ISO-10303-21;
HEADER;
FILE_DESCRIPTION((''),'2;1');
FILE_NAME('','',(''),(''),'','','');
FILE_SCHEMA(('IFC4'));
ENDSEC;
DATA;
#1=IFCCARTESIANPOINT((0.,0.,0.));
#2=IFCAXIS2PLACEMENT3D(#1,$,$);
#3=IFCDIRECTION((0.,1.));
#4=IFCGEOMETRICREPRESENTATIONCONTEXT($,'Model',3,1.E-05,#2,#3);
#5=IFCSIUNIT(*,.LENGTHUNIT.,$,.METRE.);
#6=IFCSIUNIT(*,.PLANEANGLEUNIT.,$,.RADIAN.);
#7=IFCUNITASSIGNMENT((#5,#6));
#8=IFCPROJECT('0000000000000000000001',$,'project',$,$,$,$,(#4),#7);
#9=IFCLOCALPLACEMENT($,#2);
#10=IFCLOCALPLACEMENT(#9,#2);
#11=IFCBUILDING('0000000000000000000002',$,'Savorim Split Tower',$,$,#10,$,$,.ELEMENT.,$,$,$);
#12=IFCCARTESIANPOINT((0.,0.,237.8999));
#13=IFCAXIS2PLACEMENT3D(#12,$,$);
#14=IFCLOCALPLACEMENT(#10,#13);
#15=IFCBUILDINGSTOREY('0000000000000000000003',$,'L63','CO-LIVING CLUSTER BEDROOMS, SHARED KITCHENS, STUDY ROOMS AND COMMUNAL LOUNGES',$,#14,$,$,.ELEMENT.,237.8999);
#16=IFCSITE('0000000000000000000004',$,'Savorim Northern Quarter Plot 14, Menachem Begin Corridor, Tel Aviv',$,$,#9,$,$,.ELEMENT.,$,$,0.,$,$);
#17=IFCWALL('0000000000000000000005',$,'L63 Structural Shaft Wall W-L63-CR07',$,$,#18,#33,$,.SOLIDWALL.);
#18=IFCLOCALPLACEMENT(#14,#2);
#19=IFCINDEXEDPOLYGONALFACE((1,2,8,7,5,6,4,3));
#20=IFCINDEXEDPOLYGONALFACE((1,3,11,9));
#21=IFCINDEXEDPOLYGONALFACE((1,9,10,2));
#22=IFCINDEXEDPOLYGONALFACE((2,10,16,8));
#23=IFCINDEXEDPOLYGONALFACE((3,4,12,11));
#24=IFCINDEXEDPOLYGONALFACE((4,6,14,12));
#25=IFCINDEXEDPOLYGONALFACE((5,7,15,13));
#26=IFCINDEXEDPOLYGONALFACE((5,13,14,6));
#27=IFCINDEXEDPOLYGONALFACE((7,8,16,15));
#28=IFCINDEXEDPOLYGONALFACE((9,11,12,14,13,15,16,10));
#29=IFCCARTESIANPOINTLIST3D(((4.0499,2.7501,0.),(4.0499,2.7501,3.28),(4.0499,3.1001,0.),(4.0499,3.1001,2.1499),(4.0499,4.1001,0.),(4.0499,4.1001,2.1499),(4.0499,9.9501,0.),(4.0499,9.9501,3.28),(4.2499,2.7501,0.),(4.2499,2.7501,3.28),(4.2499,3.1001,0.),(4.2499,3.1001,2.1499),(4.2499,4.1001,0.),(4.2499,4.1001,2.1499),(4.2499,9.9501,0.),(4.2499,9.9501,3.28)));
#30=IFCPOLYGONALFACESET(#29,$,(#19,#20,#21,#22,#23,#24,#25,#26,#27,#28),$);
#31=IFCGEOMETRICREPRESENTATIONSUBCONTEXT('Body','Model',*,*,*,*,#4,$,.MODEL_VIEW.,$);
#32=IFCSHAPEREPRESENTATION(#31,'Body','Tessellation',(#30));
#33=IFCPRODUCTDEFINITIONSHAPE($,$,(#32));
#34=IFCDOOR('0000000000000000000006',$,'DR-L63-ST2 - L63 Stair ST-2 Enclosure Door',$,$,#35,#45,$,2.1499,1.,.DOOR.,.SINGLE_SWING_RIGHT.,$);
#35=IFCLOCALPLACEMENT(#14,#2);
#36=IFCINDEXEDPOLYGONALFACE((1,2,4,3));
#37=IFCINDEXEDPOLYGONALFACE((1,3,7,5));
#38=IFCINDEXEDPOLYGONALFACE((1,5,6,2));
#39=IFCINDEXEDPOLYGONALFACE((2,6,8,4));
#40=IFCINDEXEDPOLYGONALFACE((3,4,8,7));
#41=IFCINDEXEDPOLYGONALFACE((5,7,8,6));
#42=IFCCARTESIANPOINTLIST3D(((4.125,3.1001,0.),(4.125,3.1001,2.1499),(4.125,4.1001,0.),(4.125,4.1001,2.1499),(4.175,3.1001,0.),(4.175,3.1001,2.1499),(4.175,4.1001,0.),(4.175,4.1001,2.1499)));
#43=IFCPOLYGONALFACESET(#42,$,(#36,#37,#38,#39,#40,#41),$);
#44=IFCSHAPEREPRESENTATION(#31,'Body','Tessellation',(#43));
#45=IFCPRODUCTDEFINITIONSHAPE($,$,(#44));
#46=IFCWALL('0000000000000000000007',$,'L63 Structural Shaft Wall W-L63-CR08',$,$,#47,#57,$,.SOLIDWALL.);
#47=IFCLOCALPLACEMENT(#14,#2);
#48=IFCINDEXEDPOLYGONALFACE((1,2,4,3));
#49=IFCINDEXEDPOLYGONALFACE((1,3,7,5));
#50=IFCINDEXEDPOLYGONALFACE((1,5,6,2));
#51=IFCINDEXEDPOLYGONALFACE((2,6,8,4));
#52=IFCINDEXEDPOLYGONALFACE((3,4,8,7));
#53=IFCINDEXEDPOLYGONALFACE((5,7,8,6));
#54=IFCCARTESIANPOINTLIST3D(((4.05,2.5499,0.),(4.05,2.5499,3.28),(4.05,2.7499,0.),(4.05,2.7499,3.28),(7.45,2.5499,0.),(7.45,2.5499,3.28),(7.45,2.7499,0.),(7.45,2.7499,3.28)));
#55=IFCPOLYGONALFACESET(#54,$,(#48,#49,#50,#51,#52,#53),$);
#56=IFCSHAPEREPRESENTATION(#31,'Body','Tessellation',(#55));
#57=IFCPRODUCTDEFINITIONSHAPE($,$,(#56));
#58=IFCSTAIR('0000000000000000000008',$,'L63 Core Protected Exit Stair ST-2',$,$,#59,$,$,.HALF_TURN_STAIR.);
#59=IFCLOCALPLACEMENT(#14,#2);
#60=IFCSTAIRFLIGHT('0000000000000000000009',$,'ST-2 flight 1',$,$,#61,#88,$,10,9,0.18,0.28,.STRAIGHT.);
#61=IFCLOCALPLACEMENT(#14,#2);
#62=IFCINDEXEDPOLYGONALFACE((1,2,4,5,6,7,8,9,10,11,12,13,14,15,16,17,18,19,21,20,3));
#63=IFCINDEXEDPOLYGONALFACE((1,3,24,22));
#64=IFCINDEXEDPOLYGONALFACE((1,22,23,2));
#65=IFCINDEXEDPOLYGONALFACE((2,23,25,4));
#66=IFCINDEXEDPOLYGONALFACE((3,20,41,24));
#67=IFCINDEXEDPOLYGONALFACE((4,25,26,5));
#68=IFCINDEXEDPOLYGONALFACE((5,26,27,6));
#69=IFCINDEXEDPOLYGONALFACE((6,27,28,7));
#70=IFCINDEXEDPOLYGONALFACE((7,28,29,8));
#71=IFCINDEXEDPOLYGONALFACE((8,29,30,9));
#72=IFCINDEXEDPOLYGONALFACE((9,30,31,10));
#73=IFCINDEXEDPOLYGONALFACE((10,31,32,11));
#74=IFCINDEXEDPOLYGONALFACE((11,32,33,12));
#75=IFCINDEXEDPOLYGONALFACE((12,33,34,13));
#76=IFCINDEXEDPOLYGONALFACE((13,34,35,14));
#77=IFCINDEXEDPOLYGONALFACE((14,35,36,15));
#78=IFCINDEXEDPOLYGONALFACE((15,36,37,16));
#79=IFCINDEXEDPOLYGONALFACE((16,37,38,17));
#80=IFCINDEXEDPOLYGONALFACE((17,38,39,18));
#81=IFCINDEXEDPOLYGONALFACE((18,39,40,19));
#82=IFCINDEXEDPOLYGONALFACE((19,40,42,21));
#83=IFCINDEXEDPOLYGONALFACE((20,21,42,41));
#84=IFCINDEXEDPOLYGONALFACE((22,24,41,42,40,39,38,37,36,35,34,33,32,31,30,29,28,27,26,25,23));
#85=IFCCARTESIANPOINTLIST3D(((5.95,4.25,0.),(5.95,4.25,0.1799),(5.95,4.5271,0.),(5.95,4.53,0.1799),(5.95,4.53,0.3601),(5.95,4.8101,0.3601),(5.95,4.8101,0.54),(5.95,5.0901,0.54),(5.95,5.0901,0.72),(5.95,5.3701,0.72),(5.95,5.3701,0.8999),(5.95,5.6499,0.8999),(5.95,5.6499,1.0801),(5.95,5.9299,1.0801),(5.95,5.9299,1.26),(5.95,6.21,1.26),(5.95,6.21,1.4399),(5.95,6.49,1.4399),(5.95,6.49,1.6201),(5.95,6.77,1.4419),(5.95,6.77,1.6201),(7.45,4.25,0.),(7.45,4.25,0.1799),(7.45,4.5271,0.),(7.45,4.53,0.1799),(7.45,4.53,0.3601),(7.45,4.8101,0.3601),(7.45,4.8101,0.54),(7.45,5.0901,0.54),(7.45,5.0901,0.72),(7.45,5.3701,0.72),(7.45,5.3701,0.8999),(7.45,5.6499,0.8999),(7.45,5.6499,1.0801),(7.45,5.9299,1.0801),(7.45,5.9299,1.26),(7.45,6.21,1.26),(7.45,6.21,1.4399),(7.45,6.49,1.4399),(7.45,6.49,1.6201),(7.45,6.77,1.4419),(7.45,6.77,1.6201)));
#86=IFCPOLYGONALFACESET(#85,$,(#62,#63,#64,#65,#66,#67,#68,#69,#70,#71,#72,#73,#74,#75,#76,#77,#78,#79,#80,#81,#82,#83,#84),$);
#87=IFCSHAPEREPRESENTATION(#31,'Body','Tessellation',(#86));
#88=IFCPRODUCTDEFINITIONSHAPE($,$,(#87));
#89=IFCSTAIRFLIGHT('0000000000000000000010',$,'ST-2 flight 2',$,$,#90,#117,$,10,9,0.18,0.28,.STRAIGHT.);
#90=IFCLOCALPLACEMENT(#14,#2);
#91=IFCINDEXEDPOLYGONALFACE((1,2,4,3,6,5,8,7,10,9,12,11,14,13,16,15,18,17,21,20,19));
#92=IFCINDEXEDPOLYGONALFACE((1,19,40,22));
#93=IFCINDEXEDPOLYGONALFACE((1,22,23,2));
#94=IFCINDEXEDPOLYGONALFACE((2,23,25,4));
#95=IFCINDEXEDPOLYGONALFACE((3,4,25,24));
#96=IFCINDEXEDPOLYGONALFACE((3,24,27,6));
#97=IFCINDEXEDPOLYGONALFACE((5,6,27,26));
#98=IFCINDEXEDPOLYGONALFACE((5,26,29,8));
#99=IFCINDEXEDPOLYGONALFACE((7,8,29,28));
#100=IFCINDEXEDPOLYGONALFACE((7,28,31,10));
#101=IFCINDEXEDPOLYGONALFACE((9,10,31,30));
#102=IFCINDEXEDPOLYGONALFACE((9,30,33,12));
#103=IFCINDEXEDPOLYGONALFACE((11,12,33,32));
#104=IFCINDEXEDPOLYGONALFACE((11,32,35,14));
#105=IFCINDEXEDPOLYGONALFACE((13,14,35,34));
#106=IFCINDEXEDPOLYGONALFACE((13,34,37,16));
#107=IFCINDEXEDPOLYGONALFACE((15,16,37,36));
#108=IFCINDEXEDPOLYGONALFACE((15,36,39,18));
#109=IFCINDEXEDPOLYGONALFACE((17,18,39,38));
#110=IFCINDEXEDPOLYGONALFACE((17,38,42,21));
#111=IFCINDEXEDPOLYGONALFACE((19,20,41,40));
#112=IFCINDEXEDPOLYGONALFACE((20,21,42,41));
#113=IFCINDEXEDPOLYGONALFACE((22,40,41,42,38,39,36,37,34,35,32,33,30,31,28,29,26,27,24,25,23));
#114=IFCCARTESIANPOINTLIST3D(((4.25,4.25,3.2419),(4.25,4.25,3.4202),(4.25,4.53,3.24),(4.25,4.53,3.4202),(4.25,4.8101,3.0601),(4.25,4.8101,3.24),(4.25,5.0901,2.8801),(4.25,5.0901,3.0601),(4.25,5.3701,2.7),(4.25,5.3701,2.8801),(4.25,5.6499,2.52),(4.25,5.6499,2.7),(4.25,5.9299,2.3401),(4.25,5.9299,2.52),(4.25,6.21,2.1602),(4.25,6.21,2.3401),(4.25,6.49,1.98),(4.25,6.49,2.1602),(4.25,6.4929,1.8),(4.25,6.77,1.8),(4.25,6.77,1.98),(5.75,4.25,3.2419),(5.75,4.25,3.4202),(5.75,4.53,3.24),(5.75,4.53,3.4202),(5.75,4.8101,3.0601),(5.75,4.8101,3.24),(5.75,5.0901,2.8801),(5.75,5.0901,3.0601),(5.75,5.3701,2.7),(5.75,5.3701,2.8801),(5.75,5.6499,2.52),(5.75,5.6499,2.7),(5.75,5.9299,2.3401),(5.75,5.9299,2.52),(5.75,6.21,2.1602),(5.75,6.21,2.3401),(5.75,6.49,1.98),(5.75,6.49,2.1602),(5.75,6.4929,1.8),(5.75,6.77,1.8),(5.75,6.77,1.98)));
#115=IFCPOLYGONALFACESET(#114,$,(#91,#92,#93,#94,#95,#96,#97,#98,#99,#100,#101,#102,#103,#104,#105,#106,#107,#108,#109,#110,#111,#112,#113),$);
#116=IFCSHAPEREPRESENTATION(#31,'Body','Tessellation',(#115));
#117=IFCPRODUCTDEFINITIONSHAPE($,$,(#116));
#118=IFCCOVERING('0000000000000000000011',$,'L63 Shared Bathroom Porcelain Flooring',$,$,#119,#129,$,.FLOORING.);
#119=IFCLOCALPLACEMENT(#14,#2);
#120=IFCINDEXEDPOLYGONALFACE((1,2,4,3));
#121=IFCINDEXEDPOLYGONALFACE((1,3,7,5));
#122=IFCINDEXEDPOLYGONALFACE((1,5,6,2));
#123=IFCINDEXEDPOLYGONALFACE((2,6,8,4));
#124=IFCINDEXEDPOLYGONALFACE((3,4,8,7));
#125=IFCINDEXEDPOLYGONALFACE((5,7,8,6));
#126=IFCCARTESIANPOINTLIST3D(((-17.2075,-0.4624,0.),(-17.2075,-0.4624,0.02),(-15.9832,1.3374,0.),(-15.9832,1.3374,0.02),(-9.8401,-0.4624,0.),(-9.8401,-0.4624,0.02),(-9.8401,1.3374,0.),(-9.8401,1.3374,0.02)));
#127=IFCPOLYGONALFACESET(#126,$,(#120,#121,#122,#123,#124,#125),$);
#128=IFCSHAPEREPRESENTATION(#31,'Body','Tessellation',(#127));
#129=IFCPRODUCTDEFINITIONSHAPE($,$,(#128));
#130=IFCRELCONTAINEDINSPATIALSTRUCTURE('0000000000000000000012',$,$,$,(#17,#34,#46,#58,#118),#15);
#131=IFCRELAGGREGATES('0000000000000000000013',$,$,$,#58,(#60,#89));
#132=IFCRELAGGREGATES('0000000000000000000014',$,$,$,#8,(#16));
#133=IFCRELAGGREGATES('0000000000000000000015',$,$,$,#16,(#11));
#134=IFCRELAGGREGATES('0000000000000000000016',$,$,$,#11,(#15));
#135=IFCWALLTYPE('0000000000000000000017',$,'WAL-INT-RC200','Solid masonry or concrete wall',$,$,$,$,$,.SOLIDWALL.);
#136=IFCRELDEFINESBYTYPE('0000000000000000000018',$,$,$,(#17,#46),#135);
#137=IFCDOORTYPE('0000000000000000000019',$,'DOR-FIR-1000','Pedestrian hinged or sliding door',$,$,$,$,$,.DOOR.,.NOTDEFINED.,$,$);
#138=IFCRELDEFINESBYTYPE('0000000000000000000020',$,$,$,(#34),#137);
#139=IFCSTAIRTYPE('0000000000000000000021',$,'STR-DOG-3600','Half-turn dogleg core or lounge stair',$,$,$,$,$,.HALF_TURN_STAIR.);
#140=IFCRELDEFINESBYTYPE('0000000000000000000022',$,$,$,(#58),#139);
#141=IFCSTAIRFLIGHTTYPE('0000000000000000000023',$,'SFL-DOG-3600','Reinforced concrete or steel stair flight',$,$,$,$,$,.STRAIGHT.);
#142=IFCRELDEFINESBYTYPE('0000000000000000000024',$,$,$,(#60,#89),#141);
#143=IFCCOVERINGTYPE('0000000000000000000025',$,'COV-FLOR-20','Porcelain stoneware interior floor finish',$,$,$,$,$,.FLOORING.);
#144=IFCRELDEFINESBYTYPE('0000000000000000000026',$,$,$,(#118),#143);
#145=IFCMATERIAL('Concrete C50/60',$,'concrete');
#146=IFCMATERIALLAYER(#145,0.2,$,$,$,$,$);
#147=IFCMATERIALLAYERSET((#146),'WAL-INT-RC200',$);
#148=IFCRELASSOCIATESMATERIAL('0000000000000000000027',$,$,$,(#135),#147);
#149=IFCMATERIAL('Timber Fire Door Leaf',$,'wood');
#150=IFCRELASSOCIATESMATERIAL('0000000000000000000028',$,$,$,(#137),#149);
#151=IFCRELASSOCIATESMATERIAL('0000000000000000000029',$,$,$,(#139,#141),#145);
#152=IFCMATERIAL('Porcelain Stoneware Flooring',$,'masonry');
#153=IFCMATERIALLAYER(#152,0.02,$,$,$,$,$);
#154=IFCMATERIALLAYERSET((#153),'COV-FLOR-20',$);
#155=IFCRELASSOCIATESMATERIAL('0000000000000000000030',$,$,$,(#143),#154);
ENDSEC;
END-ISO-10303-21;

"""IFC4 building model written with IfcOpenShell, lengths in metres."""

from ifc_helpers import new_model, si_unit, direction, frame, frame_2d, origin, place, context, subcontext, project, spatial, polyline, rectangle, outline, extrude, material, layer, layer_set, type_object, element, fill, aggregate, save


model = new_model("IFC4")

# Units and contexts
model_context = context("Model", 3, precision=1e-05, world=origin(), true_north=direction((0.0, 1.0)))
body_context = subcontext(model_context, "Body", "Model", "MODEL_VIEW")
ifc_project = project(units=[si_unit("LENGTHUNIT", "METRE"), si_unit("PLANEANGLEUNIT", "RADIAN")], contexts=[model_context])

# Site, building, storey
site_placement = place(None, origin())
site = spatial("IfcSite", under=ifc_project, at=site_placement, Name="Savorim Northern Quarter Plot 14, Menachem Begin Corridor, Tel Aviv", CompositionType="ELEMENT", RefElevation=0.0)
building_placement = place(site_placement, origin())
building = spatial("IfcBuilding", under=site, at=building_placement, Name="Savorim Split Tower", CompositionType="ELEMENT")
storey_placement = place(building_placement, frame((0.0, 0.0, 237.8999)))
storey = spatial("IfcBuildingStorey", under=building, at=storey_placement, Name="L63", Description="CO-LIVING CLUSTER BEDROOMS, SHARED KITCHENS, STUDY ROOMS AND COMMUNAL LOUNGES", CompositionType="ELEMENT", Elevation=237.8999)

# Wall, opening, door
ifc_material_1 = material(Name="Concrete C50/60", Category="concrete")
ifc_layer_1 = layer(ifc_material_1, 0.2)
ifc_layer_set_1 = layer_set([ifc_layer_1], Name="WAL-INT-RC200")
wall_type = type_object("IfcWallType", Name="WAL-INT-RC200", Description="Solid masonry or concrete wall", PredefinedType="SOLIDWALL", material=ifc_layer_set_1)
wall_1_placement = place(storey_placement, frame((4.1499, 2.75, 0.0), z_axis=(0.0, 0.0, 1.0), x_axis=(0.0, 1.0, 0.0)))
wall_1 = element("IfcWall", 1, at=wall_1_placement, inside=storey, type_object=wall_type, Name="L63 Structural Shaft Wall W-L63-CR07", PredefinedType="SOLIDWALL", context=body_context, shape_type="SweptSolid", body=[
    extrude(rectangle(XDim=7.2, YDim=0.2, at=frame_2d((3.6001, 0.0))), origin(), (0.0, 0.0, 1.0), 3.28),
])
opening_1_placement = place(wall_1_placement, frame((0.3501, 0.0, 0.0)))
opening_1 = element("IfcOpeningElement", 2, at=opening_1_placement, cuts=wall_1, PredefinedType="OPENING", context=body_context, shape_type="SweptSolid", body=[
    extrude(rectangle(XDim=1.0, YDim=2.1499, at=frame_2d((0.5, 1.075))), frame((0.0, 0.1099, 0.0), z_axis=(0.0, -1.0, 0.0), x_axis=(1.0, 0.0, 0.0)), (0.0, 0.0, 1.0), 0.22),
])
ifc_material_2 = material(Name="Timber Fire Door Leaf", Category="wood")
door_type_1 = type_object("IfcDoorType", Name="DOR-FIR-1000", Description="Pedestrian hinged or sliding door", OperationType="NOTDEFINED", PredefinedType="DOOR", material=ifc_material_2)
door_1_placement = place(opening_1_placement, origin())
door_1 = element("IfcDoor", 3, at=door_1_placement, inside=storey, type_object=door_type_1, Name="DR-L63-ST2 - L63 Stair ST-2 Enclosure Door", OperationType="SINGLE_SWING_RIGHT", OverallHeight=2.1499, OverallWidth=1.0, PredefinedType="DOOR", context=body_context, shape_type="SweptSolid", body=[
    extrude(rectangle(XDim=1.0, YDim=2.1499, at=frame_2d((0.5, 1.075))), frame((0.0, 0.0249, 0.0), z_axis=(0.0, -1.0, 0.0), x_axis=(1.0, 0.0, 0.0)), (0.0, 0.0, 1.0), 0.05),
])
fill(opening_1, door_1)

# Wall
wall_2_placement = place(storey_placement, frame((4.05, 2.6499, 0.0), z_axis=(0.0, 0.0, 1.0), x_axis=(1.0, 0.0, 0.0)))
element("IfcWall", 4, at=wall_2_placement, inside=storey, type_object=wall_type, Name="L63 Structural Shaft Wall W-L63-CR08", PredefinedType="SOLIDWALL", context=body_context, shape_type="SweptSolid", body=[
    extrude(rectangle(XDim=3.3999, YDim=0.2, at=frame_2d((1.7, 0.0))), origin(), (0.0, 0.0, 1.0), 3.28),
])

# Stair, stair flights
stair_type = type_object("IfcStairType", Name="STR-DOG-3600", Description="Half-turn dogleg core or lounge stair", PredefinedType="HALF_TURN_STAIR", material=ifc_material_1)
stair_placement = place(storey_placement, origin())
stair = element("IfcStair", 5, at=stair_placement, inside=storey, type_object=stair_type, Name="L63 Core Protected Exit Stair ST-2", PredefinedType="HALF_TURN_STAIR")
stair_flight_type = type_object("IfcStairFlightType", Name="SFL-DOG-3600", Description="Reinforced concrete or steel stair flight", PredefinedType="STRAIGHT", material=ifc_material_1)
stair_flight_1_placement = place(storey_placement, frame((6.7, 4.25, 0.0), z_axis=(0.0, 0.0, 1.0), x_axis=(0.0, 1.0, 0.0)))
stair_flight_1 = element("IfcStairFlight", 6, at=stair_flight_1_placement, type_object=stair_flight_type, Name="ST-2 flight 1", NumberOfRisers=10, NumberOfTreads=9, PredefinedType="STRAIGHT", RiserHeight=0.18, TreadLength=0.28, context=body_context, shape_type="SweptSolid", body=[
    extrude(outline(polyline([(0.0, 0.0), (0.0, 0.1799), (0.28, 0.1799), (0.28, 0.3601), (0.5601, 0.3601), (0.5601, 0.54), (0.8401, 0.54), (0.8401, 0.72), (1.1201, 0.72), (1.1201, 0.8999), (1.3999, 0.8999), (1.3999, 1.0801), (1.6799, 1.0801), (1.6799, 1.26), (1.96, 1.26), (1.96, 1.4399), (2.24, 1.4399), (2.24, 1.6201), (2.52, 1.6201), (2.52, 1.8), (2.52, 1.4419), (0.2771, 0.0), (0.0, 0.0)])), frame((0.0, 0.75, 0.0), z_axis=(0.0, -1.0, 0.0), x_axis=(1.0, 0.0, 0.0)), (0.0, 0.0, 1.0), 1.5),
])
stair_flight_2_placement = place(storey_placement, frame((5.0, 6.77, 1.8), z_axis=(0.0, 0.0, 1.0), x_axis=(0.0, -1.0, 0.0)))
stair_flight_2 = element("IfcStairFlight", 7, at=stair_flight_2_placement, type_object=stair_flight_type, Name="ST-2 flight 2", NumberOfRisers=10, NumberOfTreads=9, PredefinedType="STRAIGHT", RiserHeight=0.18, TreadLength=0.28, context=body_context, shape_type="SweptSolid", body=[
    extrude(outline(polyline([(0.0, 0.0), (0.0, 0.1799), (0.28, 0.1799), (0.28, 0.3601), (0.5601, 0.3601), (0.5601, 0.54), (0.8401, 0.54), (0.8401, 0.72), (1.1201, 0.72), (1.1201, 0.8999), (1.3999, 0.8999), (1.3999, 1.0801), (1.6799, 1.0801), (1.6799, 1.26), (1.96, 1.26), (1.96, 1.4399), (2.24, 1.4399), (2.24, 1.6201), (2.52, 1.6201), (2.52, 1.8), (2.52, 1.4419), (0.2771, 0.0), (0.0, 0.0)])), frame((0.0, 0.75, 0.0), z_axis=(0.0, -1.0, 0.0), x_axis=(1.0, 0.0, 0.0)), (0.0, 0.0, 1.0), 1.5),
])
aggregate(stair, [stair_flight_1, stair_flight_2])

# Covering
ifc_material_3 = material(Name="Porcelain Stoneware Flooring", Category="masonry")
ifc_layer_2 = layer(ifc_material_3, 0.02)
ifc_layer_set_2 = layer_set([ifc_layer_2], Name="COV-FLOR-20")
covering_type = type_object("IfcCoveringType", Name="COV-FLOR-20", Description="Porcelain stoneware interior floor finish", PredefinedType="FLOORING", material=ifc_layer_set_2)
covering_placement = place(storey_placement, origin())
element("IfcCovering", 8, at=covering_placement, inside=storey, type_object=covering_type, Name="L63 Shared Bathroom Porcelain Flooring", PredefinedType="FLOORING", context=body_context, shape_type="SweptSolid", body=[
    extrude(outline(polyline([(-15.9832, 1.3374), (-17.2075, -0.4624), (-9.8401, -0.4624), (-9.8401, 1.3374), (-15.9832, 1.3374)])), origin(), (0.0, 0.0, 1.0), 0.02),
])

save(model, "model.ifc")
